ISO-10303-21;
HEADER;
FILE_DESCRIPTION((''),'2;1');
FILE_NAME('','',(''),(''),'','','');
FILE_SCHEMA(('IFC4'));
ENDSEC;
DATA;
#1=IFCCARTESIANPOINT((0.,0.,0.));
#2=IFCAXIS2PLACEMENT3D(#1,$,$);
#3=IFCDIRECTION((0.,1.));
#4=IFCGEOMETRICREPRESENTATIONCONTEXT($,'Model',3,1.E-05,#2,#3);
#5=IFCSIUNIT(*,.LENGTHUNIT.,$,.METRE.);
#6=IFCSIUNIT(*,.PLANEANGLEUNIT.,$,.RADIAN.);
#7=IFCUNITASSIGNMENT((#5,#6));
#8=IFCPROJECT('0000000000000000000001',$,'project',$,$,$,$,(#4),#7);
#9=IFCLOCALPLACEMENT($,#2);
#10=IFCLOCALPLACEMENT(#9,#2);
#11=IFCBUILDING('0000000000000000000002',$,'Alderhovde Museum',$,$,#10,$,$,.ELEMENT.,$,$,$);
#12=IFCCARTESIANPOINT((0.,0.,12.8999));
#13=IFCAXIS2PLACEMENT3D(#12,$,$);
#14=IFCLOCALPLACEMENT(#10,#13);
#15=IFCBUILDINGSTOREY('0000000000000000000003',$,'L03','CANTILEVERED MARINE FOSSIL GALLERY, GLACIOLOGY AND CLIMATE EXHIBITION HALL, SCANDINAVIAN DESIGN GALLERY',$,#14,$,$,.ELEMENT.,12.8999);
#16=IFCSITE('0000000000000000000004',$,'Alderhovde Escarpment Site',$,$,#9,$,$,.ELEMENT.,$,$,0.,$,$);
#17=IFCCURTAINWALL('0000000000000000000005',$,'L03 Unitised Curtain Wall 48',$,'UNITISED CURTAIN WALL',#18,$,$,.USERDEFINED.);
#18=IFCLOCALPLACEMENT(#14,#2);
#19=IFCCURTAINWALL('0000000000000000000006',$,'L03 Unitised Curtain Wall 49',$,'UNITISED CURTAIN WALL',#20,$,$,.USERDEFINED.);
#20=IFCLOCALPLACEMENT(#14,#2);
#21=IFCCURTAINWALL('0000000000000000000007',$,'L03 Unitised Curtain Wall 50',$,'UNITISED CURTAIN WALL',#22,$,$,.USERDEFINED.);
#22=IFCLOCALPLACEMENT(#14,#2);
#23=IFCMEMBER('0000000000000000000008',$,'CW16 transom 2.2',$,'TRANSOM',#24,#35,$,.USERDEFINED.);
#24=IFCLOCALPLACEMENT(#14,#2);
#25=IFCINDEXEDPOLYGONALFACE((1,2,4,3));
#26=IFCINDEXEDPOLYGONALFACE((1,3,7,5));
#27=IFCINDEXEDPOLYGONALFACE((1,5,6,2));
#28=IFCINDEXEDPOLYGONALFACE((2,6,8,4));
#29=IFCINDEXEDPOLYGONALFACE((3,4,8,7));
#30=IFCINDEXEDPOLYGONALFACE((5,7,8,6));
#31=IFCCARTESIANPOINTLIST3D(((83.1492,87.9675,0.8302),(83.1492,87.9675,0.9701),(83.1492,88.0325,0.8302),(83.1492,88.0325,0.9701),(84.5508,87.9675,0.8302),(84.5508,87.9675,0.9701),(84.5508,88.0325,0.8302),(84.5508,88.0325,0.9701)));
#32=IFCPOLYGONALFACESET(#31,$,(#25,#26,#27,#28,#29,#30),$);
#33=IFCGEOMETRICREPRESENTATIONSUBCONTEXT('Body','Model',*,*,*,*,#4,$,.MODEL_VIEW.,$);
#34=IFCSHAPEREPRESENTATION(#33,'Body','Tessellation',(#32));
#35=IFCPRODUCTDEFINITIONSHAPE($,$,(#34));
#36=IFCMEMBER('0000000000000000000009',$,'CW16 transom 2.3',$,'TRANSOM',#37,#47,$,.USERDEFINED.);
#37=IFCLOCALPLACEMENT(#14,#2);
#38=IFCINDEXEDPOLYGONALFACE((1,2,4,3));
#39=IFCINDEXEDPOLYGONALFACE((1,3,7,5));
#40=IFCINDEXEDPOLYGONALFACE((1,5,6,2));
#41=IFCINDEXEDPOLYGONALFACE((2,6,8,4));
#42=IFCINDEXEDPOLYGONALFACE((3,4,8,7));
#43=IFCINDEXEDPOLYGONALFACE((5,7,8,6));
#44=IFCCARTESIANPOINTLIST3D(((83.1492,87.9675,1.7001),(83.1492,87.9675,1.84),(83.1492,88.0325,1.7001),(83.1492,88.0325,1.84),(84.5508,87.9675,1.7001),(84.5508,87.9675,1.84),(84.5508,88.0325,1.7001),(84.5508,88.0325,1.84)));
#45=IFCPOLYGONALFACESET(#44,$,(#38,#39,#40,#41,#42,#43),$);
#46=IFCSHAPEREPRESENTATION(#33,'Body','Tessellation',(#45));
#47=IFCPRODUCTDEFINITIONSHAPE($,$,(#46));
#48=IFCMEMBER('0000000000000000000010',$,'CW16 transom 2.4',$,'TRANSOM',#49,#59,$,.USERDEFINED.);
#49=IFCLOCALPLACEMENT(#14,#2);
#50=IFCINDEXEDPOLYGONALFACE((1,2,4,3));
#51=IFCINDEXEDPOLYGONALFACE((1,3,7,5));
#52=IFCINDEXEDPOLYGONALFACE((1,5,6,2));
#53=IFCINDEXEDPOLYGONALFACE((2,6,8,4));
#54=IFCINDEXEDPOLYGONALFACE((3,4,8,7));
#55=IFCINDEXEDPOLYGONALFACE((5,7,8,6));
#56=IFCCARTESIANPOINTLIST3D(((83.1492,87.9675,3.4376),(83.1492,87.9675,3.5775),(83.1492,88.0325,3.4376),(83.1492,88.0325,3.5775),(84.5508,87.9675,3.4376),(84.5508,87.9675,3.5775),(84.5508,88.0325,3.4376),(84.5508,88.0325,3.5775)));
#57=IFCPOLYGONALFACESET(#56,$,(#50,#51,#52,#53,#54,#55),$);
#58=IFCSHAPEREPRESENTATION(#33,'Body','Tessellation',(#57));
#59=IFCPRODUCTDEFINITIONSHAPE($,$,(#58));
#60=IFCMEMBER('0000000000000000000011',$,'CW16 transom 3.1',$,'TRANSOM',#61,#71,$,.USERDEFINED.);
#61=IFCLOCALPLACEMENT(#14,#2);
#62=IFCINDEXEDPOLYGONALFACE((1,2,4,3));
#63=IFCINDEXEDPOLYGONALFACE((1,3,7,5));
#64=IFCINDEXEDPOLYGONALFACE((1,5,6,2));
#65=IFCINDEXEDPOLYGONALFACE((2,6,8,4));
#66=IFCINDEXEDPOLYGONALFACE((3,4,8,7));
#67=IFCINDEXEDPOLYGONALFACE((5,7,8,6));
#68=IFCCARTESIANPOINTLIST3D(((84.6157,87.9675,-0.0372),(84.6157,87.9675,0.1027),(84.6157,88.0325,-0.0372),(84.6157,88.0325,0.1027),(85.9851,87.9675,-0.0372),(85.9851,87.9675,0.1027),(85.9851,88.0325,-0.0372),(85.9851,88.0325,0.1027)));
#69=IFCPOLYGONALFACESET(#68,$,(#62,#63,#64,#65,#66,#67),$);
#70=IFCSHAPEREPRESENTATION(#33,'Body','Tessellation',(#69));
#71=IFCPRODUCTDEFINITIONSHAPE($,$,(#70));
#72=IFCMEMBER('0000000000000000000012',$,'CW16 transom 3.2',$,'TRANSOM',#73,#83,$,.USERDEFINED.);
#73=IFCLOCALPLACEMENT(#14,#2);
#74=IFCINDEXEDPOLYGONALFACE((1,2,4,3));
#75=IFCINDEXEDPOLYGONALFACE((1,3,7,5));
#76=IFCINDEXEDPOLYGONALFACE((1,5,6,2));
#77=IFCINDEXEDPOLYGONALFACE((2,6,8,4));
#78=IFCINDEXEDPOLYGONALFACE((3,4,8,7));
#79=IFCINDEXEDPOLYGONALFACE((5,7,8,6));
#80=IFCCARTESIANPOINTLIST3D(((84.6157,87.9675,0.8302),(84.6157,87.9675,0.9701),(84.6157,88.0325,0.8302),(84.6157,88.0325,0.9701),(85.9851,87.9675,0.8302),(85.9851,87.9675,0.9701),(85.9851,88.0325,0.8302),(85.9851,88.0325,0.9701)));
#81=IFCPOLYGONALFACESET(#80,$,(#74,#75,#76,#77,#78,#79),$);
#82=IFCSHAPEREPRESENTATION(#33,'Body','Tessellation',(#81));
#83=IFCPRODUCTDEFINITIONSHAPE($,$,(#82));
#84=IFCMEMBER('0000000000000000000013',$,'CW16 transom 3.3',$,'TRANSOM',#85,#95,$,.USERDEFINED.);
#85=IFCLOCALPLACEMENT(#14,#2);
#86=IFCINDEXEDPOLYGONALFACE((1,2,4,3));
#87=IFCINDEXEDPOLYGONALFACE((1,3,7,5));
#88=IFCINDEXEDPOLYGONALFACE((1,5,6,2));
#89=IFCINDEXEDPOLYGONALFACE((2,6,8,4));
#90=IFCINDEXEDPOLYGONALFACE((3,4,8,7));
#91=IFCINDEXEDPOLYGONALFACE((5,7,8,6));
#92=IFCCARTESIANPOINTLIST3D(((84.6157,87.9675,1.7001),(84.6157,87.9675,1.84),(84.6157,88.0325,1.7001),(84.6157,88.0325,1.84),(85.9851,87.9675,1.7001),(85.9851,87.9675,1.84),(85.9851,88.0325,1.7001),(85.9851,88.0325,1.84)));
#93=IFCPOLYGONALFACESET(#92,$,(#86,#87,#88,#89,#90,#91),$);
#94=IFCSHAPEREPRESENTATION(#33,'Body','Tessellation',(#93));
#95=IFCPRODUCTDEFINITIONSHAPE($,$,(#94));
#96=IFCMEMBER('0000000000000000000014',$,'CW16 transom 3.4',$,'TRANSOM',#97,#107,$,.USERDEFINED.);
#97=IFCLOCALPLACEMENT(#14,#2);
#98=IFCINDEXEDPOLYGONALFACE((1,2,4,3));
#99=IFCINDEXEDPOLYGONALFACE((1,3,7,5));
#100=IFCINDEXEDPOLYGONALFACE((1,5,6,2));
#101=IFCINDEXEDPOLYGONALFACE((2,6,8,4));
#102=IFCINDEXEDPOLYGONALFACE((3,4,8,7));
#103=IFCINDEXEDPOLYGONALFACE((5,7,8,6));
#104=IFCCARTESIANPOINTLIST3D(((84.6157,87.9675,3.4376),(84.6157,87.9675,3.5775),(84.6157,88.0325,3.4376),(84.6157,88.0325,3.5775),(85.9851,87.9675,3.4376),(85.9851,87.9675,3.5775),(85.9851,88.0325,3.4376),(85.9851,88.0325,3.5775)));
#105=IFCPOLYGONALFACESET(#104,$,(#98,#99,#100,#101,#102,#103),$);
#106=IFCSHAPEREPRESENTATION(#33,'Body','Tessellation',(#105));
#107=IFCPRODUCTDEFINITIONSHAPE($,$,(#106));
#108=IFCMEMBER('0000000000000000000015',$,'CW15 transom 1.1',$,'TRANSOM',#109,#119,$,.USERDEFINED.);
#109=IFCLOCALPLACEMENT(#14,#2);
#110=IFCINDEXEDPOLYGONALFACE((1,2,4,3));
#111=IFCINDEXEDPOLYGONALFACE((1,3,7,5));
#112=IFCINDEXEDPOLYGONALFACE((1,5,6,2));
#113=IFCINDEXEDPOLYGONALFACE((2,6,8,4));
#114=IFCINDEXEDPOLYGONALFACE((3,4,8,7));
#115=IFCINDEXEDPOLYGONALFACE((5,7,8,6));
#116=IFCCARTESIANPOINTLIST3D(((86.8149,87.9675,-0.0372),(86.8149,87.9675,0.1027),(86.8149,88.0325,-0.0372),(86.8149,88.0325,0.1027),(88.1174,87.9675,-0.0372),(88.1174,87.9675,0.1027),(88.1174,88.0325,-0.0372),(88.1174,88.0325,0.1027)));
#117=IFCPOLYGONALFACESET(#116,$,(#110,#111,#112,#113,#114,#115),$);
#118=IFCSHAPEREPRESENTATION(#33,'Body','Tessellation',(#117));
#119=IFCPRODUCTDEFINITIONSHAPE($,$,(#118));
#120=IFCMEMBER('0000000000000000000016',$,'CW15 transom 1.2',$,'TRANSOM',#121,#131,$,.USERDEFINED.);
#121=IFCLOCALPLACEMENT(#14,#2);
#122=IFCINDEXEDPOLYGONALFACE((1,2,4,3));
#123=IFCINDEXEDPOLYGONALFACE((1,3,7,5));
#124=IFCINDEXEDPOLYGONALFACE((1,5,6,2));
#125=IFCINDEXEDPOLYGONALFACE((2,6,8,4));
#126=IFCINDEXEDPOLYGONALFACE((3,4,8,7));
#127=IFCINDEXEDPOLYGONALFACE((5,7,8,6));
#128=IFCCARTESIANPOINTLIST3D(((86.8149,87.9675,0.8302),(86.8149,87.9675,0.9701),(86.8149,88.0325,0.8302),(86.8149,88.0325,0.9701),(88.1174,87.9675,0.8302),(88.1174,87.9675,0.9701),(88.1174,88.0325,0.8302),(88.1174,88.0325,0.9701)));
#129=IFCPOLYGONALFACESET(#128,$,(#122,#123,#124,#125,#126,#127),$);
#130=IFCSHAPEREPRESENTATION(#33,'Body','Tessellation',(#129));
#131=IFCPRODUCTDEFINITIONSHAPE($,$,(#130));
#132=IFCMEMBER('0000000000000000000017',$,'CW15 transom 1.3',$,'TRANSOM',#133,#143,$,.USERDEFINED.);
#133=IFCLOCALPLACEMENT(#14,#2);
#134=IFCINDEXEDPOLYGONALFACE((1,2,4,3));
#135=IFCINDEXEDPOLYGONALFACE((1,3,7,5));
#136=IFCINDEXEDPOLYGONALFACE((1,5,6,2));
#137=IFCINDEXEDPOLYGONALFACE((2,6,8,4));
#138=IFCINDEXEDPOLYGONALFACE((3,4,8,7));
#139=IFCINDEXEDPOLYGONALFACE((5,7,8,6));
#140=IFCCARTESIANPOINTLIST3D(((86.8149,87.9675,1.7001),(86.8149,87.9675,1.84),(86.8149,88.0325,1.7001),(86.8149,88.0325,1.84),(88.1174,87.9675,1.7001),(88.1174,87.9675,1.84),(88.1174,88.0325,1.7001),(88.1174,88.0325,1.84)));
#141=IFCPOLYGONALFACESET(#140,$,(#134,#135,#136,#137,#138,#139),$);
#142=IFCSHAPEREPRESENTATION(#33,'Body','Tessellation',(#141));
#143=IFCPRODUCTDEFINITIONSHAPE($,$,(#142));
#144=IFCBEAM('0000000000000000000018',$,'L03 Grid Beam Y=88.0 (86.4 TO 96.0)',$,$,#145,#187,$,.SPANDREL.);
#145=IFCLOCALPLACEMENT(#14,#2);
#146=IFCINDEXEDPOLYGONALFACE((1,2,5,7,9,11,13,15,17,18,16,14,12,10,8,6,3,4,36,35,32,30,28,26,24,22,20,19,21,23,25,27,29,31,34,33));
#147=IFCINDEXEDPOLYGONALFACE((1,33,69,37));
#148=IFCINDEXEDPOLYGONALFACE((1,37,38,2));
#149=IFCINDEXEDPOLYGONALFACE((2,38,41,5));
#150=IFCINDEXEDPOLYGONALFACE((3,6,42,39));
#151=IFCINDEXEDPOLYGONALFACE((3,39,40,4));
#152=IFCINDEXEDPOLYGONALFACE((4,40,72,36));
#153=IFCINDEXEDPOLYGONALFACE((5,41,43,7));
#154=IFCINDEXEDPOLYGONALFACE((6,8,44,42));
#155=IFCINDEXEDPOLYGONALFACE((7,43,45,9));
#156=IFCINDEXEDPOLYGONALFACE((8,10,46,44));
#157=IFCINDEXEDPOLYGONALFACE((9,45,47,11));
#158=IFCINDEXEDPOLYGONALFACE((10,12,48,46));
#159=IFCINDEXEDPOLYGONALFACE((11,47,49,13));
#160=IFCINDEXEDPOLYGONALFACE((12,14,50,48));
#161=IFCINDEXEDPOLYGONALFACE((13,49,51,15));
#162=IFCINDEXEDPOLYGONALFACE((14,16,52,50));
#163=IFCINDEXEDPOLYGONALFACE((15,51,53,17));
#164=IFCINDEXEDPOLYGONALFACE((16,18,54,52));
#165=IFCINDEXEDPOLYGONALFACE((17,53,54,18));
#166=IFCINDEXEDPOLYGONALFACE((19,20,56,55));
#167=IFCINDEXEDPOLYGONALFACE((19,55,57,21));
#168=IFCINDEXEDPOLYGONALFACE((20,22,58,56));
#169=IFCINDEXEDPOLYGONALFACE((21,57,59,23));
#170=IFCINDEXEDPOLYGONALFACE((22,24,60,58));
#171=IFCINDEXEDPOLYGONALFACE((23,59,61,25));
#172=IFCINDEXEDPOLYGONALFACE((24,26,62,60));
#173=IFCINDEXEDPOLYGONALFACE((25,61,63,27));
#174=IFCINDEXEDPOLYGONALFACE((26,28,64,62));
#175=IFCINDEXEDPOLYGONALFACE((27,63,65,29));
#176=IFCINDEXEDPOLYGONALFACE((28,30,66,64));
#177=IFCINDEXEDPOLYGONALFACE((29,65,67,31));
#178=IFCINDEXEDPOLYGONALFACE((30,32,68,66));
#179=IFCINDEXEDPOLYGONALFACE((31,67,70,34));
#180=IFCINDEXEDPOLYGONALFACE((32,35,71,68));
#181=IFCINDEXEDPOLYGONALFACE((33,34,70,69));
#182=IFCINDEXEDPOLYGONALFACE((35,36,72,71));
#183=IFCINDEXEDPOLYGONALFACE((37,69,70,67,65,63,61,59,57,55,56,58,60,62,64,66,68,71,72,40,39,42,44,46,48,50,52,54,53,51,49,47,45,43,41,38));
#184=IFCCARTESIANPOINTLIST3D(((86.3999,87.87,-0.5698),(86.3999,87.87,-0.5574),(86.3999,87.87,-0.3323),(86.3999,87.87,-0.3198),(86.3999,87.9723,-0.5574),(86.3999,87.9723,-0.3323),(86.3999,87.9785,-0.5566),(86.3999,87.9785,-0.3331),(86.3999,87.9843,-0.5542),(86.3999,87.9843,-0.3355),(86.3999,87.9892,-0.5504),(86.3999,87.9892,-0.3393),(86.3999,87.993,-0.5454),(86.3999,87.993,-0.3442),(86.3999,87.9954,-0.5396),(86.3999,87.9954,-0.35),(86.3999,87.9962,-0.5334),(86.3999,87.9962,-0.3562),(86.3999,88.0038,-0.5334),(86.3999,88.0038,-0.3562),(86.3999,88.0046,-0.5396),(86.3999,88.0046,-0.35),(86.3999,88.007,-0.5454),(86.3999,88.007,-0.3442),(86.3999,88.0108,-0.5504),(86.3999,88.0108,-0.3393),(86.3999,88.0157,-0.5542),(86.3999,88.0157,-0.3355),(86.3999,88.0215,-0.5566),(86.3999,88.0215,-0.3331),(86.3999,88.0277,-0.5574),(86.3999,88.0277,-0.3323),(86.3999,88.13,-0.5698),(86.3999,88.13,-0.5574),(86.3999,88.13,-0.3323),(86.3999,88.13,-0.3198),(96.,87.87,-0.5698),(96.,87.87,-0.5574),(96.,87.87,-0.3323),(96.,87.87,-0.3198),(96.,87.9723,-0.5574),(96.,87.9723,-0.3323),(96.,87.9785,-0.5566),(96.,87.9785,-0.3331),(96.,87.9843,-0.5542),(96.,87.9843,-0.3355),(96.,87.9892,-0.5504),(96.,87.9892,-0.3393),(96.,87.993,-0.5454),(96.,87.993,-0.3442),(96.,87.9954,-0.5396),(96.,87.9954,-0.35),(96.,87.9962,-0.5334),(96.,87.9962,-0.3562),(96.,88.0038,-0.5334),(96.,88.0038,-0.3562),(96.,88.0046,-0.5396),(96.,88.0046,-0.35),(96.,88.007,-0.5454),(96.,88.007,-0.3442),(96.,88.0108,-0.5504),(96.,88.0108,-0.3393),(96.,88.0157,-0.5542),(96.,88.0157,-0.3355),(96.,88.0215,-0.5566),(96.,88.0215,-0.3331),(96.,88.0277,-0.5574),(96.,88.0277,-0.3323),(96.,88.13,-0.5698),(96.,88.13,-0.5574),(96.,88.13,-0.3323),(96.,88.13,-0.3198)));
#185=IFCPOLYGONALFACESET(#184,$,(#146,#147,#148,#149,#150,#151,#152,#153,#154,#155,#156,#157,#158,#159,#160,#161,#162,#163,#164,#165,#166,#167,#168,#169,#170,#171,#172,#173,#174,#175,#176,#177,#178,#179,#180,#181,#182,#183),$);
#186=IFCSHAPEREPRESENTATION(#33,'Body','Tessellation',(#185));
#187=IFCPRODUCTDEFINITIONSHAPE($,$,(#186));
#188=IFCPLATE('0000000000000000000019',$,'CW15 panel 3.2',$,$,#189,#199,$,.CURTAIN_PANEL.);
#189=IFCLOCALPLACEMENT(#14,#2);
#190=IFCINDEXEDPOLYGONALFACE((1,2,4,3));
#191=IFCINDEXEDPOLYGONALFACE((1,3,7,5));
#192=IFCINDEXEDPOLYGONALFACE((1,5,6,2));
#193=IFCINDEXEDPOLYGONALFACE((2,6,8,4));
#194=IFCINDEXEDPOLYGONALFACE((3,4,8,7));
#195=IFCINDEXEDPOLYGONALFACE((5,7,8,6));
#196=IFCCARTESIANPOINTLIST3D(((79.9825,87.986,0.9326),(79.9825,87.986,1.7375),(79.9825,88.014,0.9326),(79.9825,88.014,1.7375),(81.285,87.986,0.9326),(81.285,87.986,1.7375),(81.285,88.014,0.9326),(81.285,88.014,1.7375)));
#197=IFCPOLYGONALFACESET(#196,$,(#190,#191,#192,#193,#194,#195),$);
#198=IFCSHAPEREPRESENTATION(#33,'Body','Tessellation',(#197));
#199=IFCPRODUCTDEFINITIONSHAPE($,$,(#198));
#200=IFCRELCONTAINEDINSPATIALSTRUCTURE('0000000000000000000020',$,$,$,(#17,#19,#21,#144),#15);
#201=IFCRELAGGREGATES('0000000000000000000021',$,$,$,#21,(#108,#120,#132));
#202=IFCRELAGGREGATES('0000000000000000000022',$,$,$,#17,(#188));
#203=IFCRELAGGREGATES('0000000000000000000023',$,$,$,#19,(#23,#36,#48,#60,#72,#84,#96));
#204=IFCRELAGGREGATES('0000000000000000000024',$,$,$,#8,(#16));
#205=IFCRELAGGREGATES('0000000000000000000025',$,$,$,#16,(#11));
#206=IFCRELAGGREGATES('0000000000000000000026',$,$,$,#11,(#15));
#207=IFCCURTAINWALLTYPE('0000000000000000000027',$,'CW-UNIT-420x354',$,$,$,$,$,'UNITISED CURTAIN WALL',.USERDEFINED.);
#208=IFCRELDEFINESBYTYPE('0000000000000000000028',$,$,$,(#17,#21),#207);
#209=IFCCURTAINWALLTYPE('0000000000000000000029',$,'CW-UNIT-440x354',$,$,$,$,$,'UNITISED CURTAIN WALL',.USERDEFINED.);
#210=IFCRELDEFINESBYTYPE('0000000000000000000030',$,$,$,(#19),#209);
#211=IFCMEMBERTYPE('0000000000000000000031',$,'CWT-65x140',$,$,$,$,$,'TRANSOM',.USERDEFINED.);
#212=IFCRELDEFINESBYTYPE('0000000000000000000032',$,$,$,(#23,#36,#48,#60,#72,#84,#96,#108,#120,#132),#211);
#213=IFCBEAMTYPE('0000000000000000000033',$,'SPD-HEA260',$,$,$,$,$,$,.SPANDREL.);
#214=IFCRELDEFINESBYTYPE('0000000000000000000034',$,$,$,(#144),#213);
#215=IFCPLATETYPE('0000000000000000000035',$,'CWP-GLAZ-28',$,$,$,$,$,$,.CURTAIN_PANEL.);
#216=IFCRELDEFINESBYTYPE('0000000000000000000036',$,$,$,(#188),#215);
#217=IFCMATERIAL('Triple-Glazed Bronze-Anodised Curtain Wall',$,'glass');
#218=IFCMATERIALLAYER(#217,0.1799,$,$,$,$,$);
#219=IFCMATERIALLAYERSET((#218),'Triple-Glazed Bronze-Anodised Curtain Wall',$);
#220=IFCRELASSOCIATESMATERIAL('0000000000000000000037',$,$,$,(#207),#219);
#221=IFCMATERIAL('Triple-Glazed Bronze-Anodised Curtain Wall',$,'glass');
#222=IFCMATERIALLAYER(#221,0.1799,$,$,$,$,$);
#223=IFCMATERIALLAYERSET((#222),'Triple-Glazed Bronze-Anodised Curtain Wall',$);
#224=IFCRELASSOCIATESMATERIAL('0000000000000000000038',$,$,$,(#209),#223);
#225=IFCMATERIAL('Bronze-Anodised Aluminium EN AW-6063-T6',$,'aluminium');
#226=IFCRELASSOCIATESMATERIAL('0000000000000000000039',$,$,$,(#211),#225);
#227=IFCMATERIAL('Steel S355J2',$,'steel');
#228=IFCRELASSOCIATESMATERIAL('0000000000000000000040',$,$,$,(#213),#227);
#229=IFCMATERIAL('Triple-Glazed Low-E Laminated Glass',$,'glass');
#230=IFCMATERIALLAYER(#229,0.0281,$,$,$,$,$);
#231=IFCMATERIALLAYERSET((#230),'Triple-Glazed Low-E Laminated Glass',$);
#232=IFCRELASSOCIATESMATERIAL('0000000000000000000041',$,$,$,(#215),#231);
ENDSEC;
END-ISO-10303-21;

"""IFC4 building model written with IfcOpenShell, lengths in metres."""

from ifc_helpers import new_model, si_unit, direction, frame, origin, origin_2d, place, context, subcontext, project, spatial, rectangle, i_section, extrude, material, layer, layer_set, material_profile, profile_set, type_object, element, aggregate, save


model = new_model("IFC4")

# Units and contexts
model_context = context("Model", 3, precision=1e-05, world=origin(), true_north=direction((0.0, 1.0)))
body_context = subcontext(model_context, "Body", "Model", "MODEL_VIEW")
ifc_project = project(units=[si_unit("LENGTHUNIT", "METRE"), si_unit("PLANEANGLEUNIT", "RADIAN")], contexts=[model_context])

# Site, building, storey
site_placement = place(None, origin())
site = spatial("IfcSite", under=ifc_project, at=site_placement, Name="Alderhovde Escarpment Site", CompositionType="ELEMENT", RefElevation=0.0)
building_placement = place(site_placement, origin())
building = spatial("IfcBuilding", under=site, at=building_placement, Name="Alderhovde Museum", CompositionType="ELEMENT")
storey_placement = place(building_placement, frame((0.0, 0.0, 12.8999)))
storey = spatial("IfcBuildingStorey", under=building, at=storey_placement, Name="L03", Description="CANTILEVERED MARINE FOSSIL GALLERY, GLACIOLOGY AND CLIMATE EXHIBITION HALL, SCANDINAVIAN DESIGN GALLERY", CompositionType="ELEMENT", Elevation=12.8999)

# Curtain wall
ifc_material_1 = material(Name="Triple-Glazed Bronze-Anodised Curtain Wall", Category="glass")
ifc_layer_1 = layer(ifc_material_1, 0.1799)
ifc_layer_set_1 = layer_set([ifc_layer_1], Name="Triple-Glazed Bronze-Anodised Curtain Wall")
curtain_wall_type_1 = type_object("IfcCurtainWallType", Name="CW-UNIT-420x354", ElementType="UNITISED CURTAIN WALL", PredefinedType="USERDEFINED", material=ifc_layer_set_1)
curtain_wall_1_placement = place(storey_placement, origin())
curtain_wall_1 = element("IfcCurtainWall", 1, at=curtain_wall_1_placement, inside=storey, type_object=curtain_wall_type_1, Name="L03 Unitised Curtain Wall 48", ObjectType="UNITISED CURTAIN WALL", PredefinedType="USERDEFINED")

# Curtain wall
ifc_material_2 = material(Name="Triple-Glazed Bronze-Anodised Curtain Wall", Category="glass")
ifc_layer_2 = layer(ifc_material_2, 0.1799)
ifc_layer_set_2 = layer_set([ifc_layer_2], Name="Triple-Glazed Bronze-Anodised Curtain Wall")
curtain_wall_type_2 = type_object("IfcCurtainWallType", Name="CW-UNIT-440x354", ElementType="UNITISED CURTAIN WALL", PredefinedType="USERDEFINED", material=ifc_layer_set_2)
curtain_wall_2_placement = place(storey_placement, origin())
curtain_wall_2 = element("IfcCurtainWall", 2, at=curtain_wall_2_placement, inside=storey, type_object=curtain_wall_type_2, Name="L03 Unitised Curtain Wall 49", ObjectType="UNITISED CURTAIN WALL", PredefinedType="USERDEFINED")

# Curtain wall
curtain_wall_3_placement = place(storey_placement, origin())
curtain_wall_3 = element("IfcCurtainWall", 3, at=curtain_wall_3_placement, inside=storey, type_object=curtain_wall_type_1, Name="L03 Unitised Curtain Wall 50", ObjectType="UNITISED CURTAIN WALL", PredefinedType="USERDEFINED")

# Members
ifc_material_3 = material(Name="Bronze-Anodised Aluminium EN AW-6063-T6", Category="aluminium")
ifc_material_profile_1 = material_profile(ifc_material_3, rectangle(XDim=0.0649, YDim=0.1399, at=origin_2d()), Name="TRANSOM 65x140")
ifc_profile_set_1 = profile_set([ifc_material_profile_1], Name="Bronze-Anodised Aluminium EN AW-6063-T6")
member_type_1 = type_object("IfcMemberType", Name="CWT-65x140", ElementType="TRANSOM", PredefinedType="USERDEFINED", material=ifc_profile_set_1)
member_1_placement = place(storey_placement, frame((83.1492, 88.0, 0.9001), z_axis=(1.0, 0.0, 0.0), x_axis=(0.0, 1.0, 0.0)))
member_1 = element("IfcMember", 4, at=member_1_placement, type_object=member_type_1, Name="CW16 transom 2.2", ObjectType="TRANSOM", PredefinedType="USERDEFINED", context=body_context, shape_type="SweptSolid", body=[
    extrude(rectangle(XDim=0.0649, YDim=0.1399, at=origin_2d()), origin(), (0.0, 0.0, 1.0), 1.4016),
])
member_2_placement = place(storey_placement, frame((83.1492, 88.0, 1.77), z_axis=(1.0, 0.0, 0.0), x_axis=(0.0, 1.0, 0.0)))
member_2 = element("IfcMember", 5, at=member_2_placement, type_object=member_type_1, Name="CW16 transom 2.3", ObjectType="TRANSOM", PredefinedType="USERDEFINED", context=body_context, shape_type="SweptSolid", body=[
    extrude(rectangle(XDim=0.0649, YDim=0.1399, at=origin_2d()), origin(), (0.0, 0.0, 1.0), 1.4016),
])
member_3_placement = place(storey_placement, frame((83.1492, 88.0, 3.5076), z_axis=(1.0, 0.0, 0.0), x_axis=(0.0, 1.0, 0.0)))
member_3 = element("IfcMember", 6, at=member_3_placement, type_object=member_type_1, Name="CW16 transom 2.4", ObjectType="TRANSOM", PredefinedType="USERDEFINED", context=body_context, shape_type="SweptSolid", body=[
    extrude(rectangle(XDim=0.0649, YDim=0.1399, at=origin_2d()), origin(), (0.0, 0.0, 1.0), 1.4016),
])
member_4_placement = place(storey_placement, frame((84.6157, 88.0, 0.0327), z_axis=(1.0, 0.0, 0.0), x_axis=(0.0, 1.0, 0.0)))
member_4 = element("IfcMember", 7, at=member_4_placement, type_object=member_type_1, Name="CW16 transom 3.1", ObjectType="TRANSOM", PredefinedType="USERDEFINED", context=body_context, shape_type="SweptSolid", body=[
    extrude(rectangle(XDim=0.0649, YDim=0.1399, at=origin_2d()), origin(), (0.0, 0.0, 1.0), 1.3694),
])
member_5_placement = place(storey_placement, frame((84.6157, 88.0, 0.9001), z_axis=(1.0, 0.0, 0.0), x_axis=(0.0, 1.0, 0.0)))
member_5 = element("IfcMember", 8, at=member_5_placement, type_object=member_type_1, Name="CW16 transom 3.2", ObjectType="TRANSOM", PredefinedType="USERDEFINED", context=body_context, shape_type="SweptSolid", body=[
    extrude(rectangle(XDim=0.0649, YDim=0.1399, at=origin_2d()), origin(), (0.0, 0.0, 1.0), 1.3694),
])
member_6_placement = place(storey_placement, frame((84.6157, 88.0, 1.77), z_axis=(1.0, 0.0, 0.0), x_axis=(0.0, 1.0, 0.0)))
member_6 = element("IfcMember", 9, at=member_6_placement, type_object=member_type_1, Name="CW16 transom 3.3", ObjectType="TRANSOM", PredefinedType="USERDEFINED", context=body_context, shape_type="SweptSolid", body=[
    extrude(rectangle(XDim=0.0649, YDim=0.1399, at=origin_2d()), origin(), (0.0, 0.0, 1.0), 1.3694),
])
member_7_placement = place(storey_placement, frame((84.6157, 88.0, 3.5076), z_axis=(1.0, 0.0, 0.0), x_axis=(0.0, 1.0, 0.0)))
member_7 = element("IfcMember", 10, at=member_7_placement, type_object=member_type_1, Name="CW16 transom 3.4", ObjectType="TRANSOM", PredefinedType="USERDEFINED", context=body_context, shape_type="SweptSolid", body=[
    extrude(rectangle(XDim=0.0649, YDim=0.1399, at=origin_2d()), origin(), (0.0, 0.0, 1.0), 1.3694),
])
member_8_placement = place(storey_placement, frame((86.8149, 88.0, 0.0327), z_axis=(1.0, 0.0, 0.0), x_axis=(0.0, 1.0, 0.0)))
member_8 = element("IfcMember", 11, at=member_8_placement, type_object=member_type_1, Name="CW15 transom 1.1", ObjectType="TRANSOM", PredefinedType="USERDEFINED", context=body_context, shape_type="SweptSolid", body=[
    extrude(rectangle(XDim=0.0649, YDim=0.1399, at=origin_2d()), origin(), (0.0, 0.0, 1.0), 1.3025),
])
member_9_placement = place(storey_placement, frame((86.8149, 88.0, 0.9001), z_axis=(1.0, 0.0, 0.0), x_axis=(0.0, 1.0, 0.0)))
member_9 = element("IfcMember", 12, at=member_9_placement, type_object=member_type_1, Name="CW15 transom 1.2", ObjectType="TRANSOM", PredefinedType="USERDEFINED", context=body_context, shape_type="SweptSolid", body=[
    extrude(rectangle(XDim=0.0649, YDim=0.1399, at=origin_2d()), origin(), (0.0, 0.0, 1.0), 1.3025),
])
member_10_placement = place(storey_placement, frame((86.8149, 88.0, 1.77), z_axis=(1.0, 0.0, 0.0), x_axis=(0.0, 1.0, 0.0)))
member_10 = element("IfcMember", 13, at=member_10_placement, type_object=member_type_1, Name="CW15 transom 1.3", ObjectType="TRANSOM", PredefinedType="USERDEFINED", context=body_context, shape_type="SweptSolid", body=[
    extrude(rectangle(XDim=0.0649, YDim=0.1399, at=origin_2d()), origin(), (0.0, 0.0, 1.0), 1.3025),
])
aggregate(curtain_wall_3, [member_8, member_9, member_10])

# Beam
ifc_material_4 = material(Name="Steel S355J2", Category="steel")
ifc_material_profile_2 = material_profile(ifc_material_4, i_section(OverallWidth=0.26, OverallDepth=0.25, WebThickness=0.0076, FlangeThickness=0.0125, FilletRadius=0.0239, at=origin_2d()), Name="HEA 260")
ifc_profile_set_2 = profile_set([ifc_material_profile_2], Name="Steel S355J2")
beam_type = type_object("IfcBeamType", Name="SPD-HEA260", PredefinedType="SPANDREL", material=ifc_profile_set_2)
beam_placement = place(storey_placement, frame((86.3999, 88.0, -0.4448), z_axis=(1.0, 0.0, 0.0), x_axis=(0.0, 1.0, 0.0)))
element("IfcBeam", 14, at=beam_placement, inside=storey, type_object=beam_type, Name="L03 Grid Beam Y=88.0 (86.4 TO 96.0)", PredefinedType="SPANDREL", context=body_context, shape_type="SweptSolid", body=[
    extrude(i_section(OverallWidth=0.26, OverallDepth=0.25, WebThickness=0.0076, FlangeThickness=0.0125, FilletRadius=0.0239, at=origin_2d()), origin(), (0.0, 0.0, 1.0), 9.6001),
])

# Plate
ifc_material_5 = material(Name="Triple-Glazed Low-E Laminated Glass", Category="glass")
ifc_layer_3 = layer(ifc_material_5, 0.0281)
ifc_layer_set_3 = layer_set([ifc_layer_3], Name="Triple-Glazed Low-E Laminated Glass")
plate_type_1 = type_object("IfcPlateType", Name="CWP-GLAZ-28", PredefinedType="CURTAIN_PANEL", material=ifc_layer_set_3)
plate_1_placement = place(storey_placement, frame((80.6338, 88.0, 0.9326), z_axis=(0.0, 0.0, 1.0), x_axis=(1.0, 0.0, 0.0)))
plate_1 = element("IfcPlate", 15, at=plate_1_placement, type_object=plate_type_1, Name="CW15 panel 3.2", PredefinedType="CURTAIN_PANEL", context=body_context, shape_type="SweptSolid", body=[
    extrude(rectangle(XDim=1.3025, YDim=0.0281, at=origin_2d()), origin(), (0.0, 0.0, 1.0), 0.8049),
])
aggregate(curtain_wall_1, [plate_1])
aggregate(curtain_wall_2, [member_1, member_2, member_3, member_4, member_5, member_6, member_7])

save(model, "model.ifc")
